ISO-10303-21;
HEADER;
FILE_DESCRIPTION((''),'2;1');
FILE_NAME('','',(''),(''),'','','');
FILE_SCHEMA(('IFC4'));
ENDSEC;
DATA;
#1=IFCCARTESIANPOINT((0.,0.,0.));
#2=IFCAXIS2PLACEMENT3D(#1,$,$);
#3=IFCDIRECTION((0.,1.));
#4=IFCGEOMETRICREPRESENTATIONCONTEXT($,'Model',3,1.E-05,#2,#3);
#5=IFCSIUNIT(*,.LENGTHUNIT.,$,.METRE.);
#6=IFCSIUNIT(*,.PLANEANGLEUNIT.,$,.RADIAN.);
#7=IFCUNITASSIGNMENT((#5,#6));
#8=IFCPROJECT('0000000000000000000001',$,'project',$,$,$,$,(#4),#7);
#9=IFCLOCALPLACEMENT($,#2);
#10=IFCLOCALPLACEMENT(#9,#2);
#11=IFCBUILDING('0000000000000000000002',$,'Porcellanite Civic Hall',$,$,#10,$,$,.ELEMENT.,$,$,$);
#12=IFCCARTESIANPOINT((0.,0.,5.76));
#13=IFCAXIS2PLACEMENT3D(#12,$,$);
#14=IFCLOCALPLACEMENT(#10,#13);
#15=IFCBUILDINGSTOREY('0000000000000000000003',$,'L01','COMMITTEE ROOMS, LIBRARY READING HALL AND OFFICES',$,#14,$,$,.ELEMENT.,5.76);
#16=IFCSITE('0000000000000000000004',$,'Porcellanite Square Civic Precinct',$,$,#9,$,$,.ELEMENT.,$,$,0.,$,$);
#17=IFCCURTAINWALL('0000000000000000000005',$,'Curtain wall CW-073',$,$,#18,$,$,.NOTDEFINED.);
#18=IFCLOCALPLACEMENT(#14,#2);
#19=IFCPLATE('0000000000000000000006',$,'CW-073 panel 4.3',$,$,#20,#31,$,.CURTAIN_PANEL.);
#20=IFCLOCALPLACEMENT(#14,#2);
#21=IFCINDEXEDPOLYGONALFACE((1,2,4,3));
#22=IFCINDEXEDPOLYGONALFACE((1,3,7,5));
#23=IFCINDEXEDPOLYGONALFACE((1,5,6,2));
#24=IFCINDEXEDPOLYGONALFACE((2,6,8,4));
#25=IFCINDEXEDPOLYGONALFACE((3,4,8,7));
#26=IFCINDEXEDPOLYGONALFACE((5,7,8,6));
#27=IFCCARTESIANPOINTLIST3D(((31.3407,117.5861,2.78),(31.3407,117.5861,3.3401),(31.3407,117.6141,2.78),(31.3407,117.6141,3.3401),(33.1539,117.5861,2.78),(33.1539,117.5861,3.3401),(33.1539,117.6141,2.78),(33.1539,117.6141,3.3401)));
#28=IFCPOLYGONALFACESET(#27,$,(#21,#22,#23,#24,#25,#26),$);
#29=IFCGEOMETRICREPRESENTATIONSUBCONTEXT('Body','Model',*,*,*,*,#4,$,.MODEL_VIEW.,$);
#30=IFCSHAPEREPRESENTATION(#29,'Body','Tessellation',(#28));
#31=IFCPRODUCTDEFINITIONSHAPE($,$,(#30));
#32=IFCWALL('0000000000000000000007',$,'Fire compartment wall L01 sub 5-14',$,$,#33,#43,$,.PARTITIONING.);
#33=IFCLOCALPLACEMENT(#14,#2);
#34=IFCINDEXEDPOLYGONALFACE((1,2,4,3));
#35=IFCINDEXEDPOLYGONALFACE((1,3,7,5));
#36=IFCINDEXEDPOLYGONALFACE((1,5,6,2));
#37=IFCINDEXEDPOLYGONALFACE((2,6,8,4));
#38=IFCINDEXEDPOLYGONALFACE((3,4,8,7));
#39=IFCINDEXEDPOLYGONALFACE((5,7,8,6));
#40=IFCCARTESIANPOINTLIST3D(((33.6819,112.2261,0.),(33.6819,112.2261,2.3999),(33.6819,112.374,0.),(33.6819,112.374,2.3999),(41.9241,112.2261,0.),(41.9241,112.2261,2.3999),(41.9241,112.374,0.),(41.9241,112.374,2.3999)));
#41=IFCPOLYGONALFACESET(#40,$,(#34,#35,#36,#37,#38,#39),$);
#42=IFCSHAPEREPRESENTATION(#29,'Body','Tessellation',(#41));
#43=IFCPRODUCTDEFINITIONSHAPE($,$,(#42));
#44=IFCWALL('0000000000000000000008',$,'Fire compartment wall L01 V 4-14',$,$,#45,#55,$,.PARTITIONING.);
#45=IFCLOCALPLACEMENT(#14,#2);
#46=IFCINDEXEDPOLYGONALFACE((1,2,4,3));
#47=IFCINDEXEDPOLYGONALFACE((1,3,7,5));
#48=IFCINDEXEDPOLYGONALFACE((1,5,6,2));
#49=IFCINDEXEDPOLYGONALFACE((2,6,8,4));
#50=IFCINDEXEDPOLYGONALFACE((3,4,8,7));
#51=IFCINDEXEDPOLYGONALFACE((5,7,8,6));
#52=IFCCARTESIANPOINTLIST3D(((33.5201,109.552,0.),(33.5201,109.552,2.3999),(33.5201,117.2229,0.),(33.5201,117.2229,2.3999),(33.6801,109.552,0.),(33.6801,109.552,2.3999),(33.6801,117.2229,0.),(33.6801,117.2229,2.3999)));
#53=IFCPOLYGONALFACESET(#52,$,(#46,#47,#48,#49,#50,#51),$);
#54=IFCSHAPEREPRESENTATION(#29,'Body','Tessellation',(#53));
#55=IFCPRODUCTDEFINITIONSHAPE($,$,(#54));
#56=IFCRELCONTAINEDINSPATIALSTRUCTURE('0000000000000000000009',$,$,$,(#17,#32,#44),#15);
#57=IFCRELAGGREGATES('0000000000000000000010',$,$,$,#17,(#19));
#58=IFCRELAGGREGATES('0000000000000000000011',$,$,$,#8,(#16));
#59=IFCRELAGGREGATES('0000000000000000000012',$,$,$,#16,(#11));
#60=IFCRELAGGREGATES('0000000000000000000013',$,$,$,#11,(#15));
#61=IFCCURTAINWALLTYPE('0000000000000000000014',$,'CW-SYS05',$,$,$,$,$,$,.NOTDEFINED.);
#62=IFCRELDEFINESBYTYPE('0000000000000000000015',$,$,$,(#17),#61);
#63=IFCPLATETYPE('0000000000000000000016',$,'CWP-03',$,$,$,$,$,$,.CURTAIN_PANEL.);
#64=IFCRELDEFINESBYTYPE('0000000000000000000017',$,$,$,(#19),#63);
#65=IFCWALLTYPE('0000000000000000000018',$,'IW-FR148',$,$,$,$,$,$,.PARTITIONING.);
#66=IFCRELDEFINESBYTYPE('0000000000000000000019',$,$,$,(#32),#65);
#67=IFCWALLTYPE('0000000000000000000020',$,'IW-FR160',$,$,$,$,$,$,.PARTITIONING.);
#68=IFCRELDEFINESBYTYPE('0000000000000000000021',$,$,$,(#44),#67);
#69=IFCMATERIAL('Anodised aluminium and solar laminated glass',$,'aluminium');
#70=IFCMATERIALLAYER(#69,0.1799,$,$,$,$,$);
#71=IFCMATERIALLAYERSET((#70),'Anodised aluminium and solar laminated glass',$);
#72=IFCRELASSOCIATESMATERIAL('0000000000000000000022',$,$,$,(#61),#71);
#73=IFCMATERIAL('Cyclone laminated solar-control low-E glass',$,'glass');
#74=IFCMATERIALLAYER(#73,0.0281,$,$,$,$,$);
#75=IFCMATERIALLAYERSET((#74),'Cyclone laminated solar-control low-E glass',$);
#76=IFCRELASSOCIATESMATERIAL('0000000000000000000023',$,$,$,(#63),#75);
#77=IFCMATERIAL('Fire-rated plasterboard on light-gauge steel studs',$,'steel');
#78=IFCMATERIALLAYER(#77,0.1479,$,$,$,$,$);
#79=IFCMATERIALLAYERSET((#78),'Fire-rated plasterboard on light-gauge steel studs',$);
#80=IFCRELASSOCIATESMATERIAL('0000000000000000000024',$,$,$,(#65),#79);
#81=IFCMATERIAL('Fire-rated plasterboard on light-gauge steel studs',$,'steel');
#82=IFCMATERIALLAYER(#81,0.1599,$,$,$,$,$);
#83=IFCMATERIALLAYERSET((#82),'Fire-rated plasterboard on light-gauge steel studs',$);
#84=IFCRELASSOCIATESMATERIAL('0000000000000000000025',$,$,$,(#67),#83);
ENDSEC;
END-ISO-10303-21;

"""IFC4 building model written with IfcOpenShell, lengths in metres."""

from ifc_helpers import new_model, si_unit, direction, frame, frame_2d, origin, origin_2d, place, context, subcontext, project, spatial, rectangle, extrude, material, layer, layer_set, type_object, element, aggregate, save


model = new_model("IFC4")

# Units and contexts
model_context = context("Model", 3, precision=1e-05, world=origin(), true_north=direction((0.0, 1.0)))
body_context = subcontext(model_context, "Body", "Model", "MODEL_VIEW")
ifc_project = project(units=[si_unit("LENGTHUNIT", "METRE"), si_unit("PLANEANGLEUNIT", "RADIAN")], contexts=[model_context])

# Site, building, storey
site_placement = place(None, origin())
site = spatial("IfcSite", under=ifc_project, at=site_placement, Name="Porcellanite Square Civic Precinct", CompositionType="ELEMENT", RefElevation=0.0)
building_placement = place(site_placement, origin())
building = spatial("IfcBuilding", under=site, at=building_placement, Name="Porcellanite Civic Hall", CompositionType="ELEMENT")
storey_placement = place(building_placement, frame((0.0, 0.0, 5.76)))
storey = spatial("IfcBuildingStorey", under=building, at=storey_placement, Name="L01", Description="COMMITTEE ROOMS, LIBRARY READING HALL AND OFFICES", CompositionType="ELEMENT", Elevation=5.76)

# Curtain wall, plate
ifc_material_1 = material(Name="Anodised aluminium and solar laminated glass", Category="aluminium")
ifc_layer_1 = layer(ifc_material_1, 0.1799)
ifc_layer_set_1 = layer_set([ifc_layer_1], Name="Anodised aluminium and solar laminated glass")
curtain_wall_type = type_object("IfcCurtainWallType", Name="CW-SYS05", PredefinedType="NOTDEFINED", material=ifc_layer_set_1)
curtain_wall_placement = place(storey_placement, origin())
curtain_wall = element("IfcCurtainWall", 1, at=curtain_wall_placement, inside=storey, type_object=curtain_wall_type, Name="Curtain wall CW-073", PredefinedType="NOTDEFINED")
ifc_material_2 = material(Name="Cyclone laminated solar-control low-E glass", Category="glass")
ifc_layer_2 = layer(ifc_material_2, 0.0281)
ifc_layer_set_2 = layer_set([ifc_layer_2], Name="Cyclone laminated solar-control low-E glass")
plate_type = type_object("IfcPlateType", Name="CWP-03", PredefinedType="CURTAIN_PANEL", material=ifc_layer_set_2)
plate_1_placement = place(storey_placement, frame((32.2473, 117.6001, 2.78), z_axis=(0.0, 0.0, 1.0), x_axis=(1.0, 0.0, 0.0)))
plate_1 = element("IfcPlate", 2, at=plate_1_placement, type_object=plate_type, Name="CW-073 panel 4.3", PredefinedType="CURTAIN_PANEL", context=body_context, shape_type="SweptSolid", body=[
    extrude(rectangle(XDim=1.8132, YDim=0.0281, at=origin_2d()), origin(), (0.0, 0.0, 1.0), 0.5601),
])
aggregate(curtain_wall, [plate_1])

# Walls
ifc_material_3 = material(Name="Fire-rated plasterboard on light-gauge steel studs", Category="steel")
ifc_layer_3 = layer(ifc_material_3, 0.1479)
ifc_layer_set_3 = layer_set([ifc_layer_3], Name="Fire-rated plasterboard on light-gauge steel studs")
wall_type_1 = type_object("IfcWallType", Name="IW-FR148", PredefinedType="PARTITIONING", material=ifc_layer_set_3)
wall_1_placement = place(storey_placement, frame((33.6819, 112.3, 0.0), z_axis=(0.0, 0.0, 1.0), x_axis=(1.0, 0.0, 0.0)))
element("IfcWall", 3, at=wall_1_placement, inside=storey, type_object=wall_type_1, Name="Fire compartment wall L01 sub 5-14", PredefinedType="PARTITIONING", context=body_context, shape_type="SweptSolid", body=[
    extrude(rectangle(XDim=8.2422, YDim=0.1479, at=frame_2d((4.1211, 0.0))), origin(), (0.0, 0.0, 1.0), 2.3999),
])
ifc_material_4 = material(Name="Fire-rated plasterboard on light-gauge steel studs", Category="steel")
ifc_layer_4 = layer(ifc_material_4, 0.1599)
ifc_layer_set_4 = layer_set([ifc_layer_4], Name="Fire-rated plasterboard on light-gauge steel studs")
wall_type_2 = type_object("IfcWallType", Name="IW-FR160", PredefinedType="PARTITIONING", material=ifc_layer_set_4)
wall_2_placement = place(storey_placement, frame((33.6001, 109.552, 0.0), z_axis=(0.0, 0.0, 1.0), x_axis=(0.0, 1.0, 0.0)))
element("IfcWall", 4, at=wall_2_placement, inside=storey, type_object=wall_type_2, Name="Fire compartment wall L01 V 4-14", PredefinedType="PARTITIONING", context=body_context, shape_type="SweptSolid", body=[
    extrude(rectangle(XDim=7.6709, YDim=0.1599, at=frame_2d((3.8354, 0.0))), origin(), (0.0, 0.0, 1.0), 2.3999),
])

save(model, "model.ifc")
